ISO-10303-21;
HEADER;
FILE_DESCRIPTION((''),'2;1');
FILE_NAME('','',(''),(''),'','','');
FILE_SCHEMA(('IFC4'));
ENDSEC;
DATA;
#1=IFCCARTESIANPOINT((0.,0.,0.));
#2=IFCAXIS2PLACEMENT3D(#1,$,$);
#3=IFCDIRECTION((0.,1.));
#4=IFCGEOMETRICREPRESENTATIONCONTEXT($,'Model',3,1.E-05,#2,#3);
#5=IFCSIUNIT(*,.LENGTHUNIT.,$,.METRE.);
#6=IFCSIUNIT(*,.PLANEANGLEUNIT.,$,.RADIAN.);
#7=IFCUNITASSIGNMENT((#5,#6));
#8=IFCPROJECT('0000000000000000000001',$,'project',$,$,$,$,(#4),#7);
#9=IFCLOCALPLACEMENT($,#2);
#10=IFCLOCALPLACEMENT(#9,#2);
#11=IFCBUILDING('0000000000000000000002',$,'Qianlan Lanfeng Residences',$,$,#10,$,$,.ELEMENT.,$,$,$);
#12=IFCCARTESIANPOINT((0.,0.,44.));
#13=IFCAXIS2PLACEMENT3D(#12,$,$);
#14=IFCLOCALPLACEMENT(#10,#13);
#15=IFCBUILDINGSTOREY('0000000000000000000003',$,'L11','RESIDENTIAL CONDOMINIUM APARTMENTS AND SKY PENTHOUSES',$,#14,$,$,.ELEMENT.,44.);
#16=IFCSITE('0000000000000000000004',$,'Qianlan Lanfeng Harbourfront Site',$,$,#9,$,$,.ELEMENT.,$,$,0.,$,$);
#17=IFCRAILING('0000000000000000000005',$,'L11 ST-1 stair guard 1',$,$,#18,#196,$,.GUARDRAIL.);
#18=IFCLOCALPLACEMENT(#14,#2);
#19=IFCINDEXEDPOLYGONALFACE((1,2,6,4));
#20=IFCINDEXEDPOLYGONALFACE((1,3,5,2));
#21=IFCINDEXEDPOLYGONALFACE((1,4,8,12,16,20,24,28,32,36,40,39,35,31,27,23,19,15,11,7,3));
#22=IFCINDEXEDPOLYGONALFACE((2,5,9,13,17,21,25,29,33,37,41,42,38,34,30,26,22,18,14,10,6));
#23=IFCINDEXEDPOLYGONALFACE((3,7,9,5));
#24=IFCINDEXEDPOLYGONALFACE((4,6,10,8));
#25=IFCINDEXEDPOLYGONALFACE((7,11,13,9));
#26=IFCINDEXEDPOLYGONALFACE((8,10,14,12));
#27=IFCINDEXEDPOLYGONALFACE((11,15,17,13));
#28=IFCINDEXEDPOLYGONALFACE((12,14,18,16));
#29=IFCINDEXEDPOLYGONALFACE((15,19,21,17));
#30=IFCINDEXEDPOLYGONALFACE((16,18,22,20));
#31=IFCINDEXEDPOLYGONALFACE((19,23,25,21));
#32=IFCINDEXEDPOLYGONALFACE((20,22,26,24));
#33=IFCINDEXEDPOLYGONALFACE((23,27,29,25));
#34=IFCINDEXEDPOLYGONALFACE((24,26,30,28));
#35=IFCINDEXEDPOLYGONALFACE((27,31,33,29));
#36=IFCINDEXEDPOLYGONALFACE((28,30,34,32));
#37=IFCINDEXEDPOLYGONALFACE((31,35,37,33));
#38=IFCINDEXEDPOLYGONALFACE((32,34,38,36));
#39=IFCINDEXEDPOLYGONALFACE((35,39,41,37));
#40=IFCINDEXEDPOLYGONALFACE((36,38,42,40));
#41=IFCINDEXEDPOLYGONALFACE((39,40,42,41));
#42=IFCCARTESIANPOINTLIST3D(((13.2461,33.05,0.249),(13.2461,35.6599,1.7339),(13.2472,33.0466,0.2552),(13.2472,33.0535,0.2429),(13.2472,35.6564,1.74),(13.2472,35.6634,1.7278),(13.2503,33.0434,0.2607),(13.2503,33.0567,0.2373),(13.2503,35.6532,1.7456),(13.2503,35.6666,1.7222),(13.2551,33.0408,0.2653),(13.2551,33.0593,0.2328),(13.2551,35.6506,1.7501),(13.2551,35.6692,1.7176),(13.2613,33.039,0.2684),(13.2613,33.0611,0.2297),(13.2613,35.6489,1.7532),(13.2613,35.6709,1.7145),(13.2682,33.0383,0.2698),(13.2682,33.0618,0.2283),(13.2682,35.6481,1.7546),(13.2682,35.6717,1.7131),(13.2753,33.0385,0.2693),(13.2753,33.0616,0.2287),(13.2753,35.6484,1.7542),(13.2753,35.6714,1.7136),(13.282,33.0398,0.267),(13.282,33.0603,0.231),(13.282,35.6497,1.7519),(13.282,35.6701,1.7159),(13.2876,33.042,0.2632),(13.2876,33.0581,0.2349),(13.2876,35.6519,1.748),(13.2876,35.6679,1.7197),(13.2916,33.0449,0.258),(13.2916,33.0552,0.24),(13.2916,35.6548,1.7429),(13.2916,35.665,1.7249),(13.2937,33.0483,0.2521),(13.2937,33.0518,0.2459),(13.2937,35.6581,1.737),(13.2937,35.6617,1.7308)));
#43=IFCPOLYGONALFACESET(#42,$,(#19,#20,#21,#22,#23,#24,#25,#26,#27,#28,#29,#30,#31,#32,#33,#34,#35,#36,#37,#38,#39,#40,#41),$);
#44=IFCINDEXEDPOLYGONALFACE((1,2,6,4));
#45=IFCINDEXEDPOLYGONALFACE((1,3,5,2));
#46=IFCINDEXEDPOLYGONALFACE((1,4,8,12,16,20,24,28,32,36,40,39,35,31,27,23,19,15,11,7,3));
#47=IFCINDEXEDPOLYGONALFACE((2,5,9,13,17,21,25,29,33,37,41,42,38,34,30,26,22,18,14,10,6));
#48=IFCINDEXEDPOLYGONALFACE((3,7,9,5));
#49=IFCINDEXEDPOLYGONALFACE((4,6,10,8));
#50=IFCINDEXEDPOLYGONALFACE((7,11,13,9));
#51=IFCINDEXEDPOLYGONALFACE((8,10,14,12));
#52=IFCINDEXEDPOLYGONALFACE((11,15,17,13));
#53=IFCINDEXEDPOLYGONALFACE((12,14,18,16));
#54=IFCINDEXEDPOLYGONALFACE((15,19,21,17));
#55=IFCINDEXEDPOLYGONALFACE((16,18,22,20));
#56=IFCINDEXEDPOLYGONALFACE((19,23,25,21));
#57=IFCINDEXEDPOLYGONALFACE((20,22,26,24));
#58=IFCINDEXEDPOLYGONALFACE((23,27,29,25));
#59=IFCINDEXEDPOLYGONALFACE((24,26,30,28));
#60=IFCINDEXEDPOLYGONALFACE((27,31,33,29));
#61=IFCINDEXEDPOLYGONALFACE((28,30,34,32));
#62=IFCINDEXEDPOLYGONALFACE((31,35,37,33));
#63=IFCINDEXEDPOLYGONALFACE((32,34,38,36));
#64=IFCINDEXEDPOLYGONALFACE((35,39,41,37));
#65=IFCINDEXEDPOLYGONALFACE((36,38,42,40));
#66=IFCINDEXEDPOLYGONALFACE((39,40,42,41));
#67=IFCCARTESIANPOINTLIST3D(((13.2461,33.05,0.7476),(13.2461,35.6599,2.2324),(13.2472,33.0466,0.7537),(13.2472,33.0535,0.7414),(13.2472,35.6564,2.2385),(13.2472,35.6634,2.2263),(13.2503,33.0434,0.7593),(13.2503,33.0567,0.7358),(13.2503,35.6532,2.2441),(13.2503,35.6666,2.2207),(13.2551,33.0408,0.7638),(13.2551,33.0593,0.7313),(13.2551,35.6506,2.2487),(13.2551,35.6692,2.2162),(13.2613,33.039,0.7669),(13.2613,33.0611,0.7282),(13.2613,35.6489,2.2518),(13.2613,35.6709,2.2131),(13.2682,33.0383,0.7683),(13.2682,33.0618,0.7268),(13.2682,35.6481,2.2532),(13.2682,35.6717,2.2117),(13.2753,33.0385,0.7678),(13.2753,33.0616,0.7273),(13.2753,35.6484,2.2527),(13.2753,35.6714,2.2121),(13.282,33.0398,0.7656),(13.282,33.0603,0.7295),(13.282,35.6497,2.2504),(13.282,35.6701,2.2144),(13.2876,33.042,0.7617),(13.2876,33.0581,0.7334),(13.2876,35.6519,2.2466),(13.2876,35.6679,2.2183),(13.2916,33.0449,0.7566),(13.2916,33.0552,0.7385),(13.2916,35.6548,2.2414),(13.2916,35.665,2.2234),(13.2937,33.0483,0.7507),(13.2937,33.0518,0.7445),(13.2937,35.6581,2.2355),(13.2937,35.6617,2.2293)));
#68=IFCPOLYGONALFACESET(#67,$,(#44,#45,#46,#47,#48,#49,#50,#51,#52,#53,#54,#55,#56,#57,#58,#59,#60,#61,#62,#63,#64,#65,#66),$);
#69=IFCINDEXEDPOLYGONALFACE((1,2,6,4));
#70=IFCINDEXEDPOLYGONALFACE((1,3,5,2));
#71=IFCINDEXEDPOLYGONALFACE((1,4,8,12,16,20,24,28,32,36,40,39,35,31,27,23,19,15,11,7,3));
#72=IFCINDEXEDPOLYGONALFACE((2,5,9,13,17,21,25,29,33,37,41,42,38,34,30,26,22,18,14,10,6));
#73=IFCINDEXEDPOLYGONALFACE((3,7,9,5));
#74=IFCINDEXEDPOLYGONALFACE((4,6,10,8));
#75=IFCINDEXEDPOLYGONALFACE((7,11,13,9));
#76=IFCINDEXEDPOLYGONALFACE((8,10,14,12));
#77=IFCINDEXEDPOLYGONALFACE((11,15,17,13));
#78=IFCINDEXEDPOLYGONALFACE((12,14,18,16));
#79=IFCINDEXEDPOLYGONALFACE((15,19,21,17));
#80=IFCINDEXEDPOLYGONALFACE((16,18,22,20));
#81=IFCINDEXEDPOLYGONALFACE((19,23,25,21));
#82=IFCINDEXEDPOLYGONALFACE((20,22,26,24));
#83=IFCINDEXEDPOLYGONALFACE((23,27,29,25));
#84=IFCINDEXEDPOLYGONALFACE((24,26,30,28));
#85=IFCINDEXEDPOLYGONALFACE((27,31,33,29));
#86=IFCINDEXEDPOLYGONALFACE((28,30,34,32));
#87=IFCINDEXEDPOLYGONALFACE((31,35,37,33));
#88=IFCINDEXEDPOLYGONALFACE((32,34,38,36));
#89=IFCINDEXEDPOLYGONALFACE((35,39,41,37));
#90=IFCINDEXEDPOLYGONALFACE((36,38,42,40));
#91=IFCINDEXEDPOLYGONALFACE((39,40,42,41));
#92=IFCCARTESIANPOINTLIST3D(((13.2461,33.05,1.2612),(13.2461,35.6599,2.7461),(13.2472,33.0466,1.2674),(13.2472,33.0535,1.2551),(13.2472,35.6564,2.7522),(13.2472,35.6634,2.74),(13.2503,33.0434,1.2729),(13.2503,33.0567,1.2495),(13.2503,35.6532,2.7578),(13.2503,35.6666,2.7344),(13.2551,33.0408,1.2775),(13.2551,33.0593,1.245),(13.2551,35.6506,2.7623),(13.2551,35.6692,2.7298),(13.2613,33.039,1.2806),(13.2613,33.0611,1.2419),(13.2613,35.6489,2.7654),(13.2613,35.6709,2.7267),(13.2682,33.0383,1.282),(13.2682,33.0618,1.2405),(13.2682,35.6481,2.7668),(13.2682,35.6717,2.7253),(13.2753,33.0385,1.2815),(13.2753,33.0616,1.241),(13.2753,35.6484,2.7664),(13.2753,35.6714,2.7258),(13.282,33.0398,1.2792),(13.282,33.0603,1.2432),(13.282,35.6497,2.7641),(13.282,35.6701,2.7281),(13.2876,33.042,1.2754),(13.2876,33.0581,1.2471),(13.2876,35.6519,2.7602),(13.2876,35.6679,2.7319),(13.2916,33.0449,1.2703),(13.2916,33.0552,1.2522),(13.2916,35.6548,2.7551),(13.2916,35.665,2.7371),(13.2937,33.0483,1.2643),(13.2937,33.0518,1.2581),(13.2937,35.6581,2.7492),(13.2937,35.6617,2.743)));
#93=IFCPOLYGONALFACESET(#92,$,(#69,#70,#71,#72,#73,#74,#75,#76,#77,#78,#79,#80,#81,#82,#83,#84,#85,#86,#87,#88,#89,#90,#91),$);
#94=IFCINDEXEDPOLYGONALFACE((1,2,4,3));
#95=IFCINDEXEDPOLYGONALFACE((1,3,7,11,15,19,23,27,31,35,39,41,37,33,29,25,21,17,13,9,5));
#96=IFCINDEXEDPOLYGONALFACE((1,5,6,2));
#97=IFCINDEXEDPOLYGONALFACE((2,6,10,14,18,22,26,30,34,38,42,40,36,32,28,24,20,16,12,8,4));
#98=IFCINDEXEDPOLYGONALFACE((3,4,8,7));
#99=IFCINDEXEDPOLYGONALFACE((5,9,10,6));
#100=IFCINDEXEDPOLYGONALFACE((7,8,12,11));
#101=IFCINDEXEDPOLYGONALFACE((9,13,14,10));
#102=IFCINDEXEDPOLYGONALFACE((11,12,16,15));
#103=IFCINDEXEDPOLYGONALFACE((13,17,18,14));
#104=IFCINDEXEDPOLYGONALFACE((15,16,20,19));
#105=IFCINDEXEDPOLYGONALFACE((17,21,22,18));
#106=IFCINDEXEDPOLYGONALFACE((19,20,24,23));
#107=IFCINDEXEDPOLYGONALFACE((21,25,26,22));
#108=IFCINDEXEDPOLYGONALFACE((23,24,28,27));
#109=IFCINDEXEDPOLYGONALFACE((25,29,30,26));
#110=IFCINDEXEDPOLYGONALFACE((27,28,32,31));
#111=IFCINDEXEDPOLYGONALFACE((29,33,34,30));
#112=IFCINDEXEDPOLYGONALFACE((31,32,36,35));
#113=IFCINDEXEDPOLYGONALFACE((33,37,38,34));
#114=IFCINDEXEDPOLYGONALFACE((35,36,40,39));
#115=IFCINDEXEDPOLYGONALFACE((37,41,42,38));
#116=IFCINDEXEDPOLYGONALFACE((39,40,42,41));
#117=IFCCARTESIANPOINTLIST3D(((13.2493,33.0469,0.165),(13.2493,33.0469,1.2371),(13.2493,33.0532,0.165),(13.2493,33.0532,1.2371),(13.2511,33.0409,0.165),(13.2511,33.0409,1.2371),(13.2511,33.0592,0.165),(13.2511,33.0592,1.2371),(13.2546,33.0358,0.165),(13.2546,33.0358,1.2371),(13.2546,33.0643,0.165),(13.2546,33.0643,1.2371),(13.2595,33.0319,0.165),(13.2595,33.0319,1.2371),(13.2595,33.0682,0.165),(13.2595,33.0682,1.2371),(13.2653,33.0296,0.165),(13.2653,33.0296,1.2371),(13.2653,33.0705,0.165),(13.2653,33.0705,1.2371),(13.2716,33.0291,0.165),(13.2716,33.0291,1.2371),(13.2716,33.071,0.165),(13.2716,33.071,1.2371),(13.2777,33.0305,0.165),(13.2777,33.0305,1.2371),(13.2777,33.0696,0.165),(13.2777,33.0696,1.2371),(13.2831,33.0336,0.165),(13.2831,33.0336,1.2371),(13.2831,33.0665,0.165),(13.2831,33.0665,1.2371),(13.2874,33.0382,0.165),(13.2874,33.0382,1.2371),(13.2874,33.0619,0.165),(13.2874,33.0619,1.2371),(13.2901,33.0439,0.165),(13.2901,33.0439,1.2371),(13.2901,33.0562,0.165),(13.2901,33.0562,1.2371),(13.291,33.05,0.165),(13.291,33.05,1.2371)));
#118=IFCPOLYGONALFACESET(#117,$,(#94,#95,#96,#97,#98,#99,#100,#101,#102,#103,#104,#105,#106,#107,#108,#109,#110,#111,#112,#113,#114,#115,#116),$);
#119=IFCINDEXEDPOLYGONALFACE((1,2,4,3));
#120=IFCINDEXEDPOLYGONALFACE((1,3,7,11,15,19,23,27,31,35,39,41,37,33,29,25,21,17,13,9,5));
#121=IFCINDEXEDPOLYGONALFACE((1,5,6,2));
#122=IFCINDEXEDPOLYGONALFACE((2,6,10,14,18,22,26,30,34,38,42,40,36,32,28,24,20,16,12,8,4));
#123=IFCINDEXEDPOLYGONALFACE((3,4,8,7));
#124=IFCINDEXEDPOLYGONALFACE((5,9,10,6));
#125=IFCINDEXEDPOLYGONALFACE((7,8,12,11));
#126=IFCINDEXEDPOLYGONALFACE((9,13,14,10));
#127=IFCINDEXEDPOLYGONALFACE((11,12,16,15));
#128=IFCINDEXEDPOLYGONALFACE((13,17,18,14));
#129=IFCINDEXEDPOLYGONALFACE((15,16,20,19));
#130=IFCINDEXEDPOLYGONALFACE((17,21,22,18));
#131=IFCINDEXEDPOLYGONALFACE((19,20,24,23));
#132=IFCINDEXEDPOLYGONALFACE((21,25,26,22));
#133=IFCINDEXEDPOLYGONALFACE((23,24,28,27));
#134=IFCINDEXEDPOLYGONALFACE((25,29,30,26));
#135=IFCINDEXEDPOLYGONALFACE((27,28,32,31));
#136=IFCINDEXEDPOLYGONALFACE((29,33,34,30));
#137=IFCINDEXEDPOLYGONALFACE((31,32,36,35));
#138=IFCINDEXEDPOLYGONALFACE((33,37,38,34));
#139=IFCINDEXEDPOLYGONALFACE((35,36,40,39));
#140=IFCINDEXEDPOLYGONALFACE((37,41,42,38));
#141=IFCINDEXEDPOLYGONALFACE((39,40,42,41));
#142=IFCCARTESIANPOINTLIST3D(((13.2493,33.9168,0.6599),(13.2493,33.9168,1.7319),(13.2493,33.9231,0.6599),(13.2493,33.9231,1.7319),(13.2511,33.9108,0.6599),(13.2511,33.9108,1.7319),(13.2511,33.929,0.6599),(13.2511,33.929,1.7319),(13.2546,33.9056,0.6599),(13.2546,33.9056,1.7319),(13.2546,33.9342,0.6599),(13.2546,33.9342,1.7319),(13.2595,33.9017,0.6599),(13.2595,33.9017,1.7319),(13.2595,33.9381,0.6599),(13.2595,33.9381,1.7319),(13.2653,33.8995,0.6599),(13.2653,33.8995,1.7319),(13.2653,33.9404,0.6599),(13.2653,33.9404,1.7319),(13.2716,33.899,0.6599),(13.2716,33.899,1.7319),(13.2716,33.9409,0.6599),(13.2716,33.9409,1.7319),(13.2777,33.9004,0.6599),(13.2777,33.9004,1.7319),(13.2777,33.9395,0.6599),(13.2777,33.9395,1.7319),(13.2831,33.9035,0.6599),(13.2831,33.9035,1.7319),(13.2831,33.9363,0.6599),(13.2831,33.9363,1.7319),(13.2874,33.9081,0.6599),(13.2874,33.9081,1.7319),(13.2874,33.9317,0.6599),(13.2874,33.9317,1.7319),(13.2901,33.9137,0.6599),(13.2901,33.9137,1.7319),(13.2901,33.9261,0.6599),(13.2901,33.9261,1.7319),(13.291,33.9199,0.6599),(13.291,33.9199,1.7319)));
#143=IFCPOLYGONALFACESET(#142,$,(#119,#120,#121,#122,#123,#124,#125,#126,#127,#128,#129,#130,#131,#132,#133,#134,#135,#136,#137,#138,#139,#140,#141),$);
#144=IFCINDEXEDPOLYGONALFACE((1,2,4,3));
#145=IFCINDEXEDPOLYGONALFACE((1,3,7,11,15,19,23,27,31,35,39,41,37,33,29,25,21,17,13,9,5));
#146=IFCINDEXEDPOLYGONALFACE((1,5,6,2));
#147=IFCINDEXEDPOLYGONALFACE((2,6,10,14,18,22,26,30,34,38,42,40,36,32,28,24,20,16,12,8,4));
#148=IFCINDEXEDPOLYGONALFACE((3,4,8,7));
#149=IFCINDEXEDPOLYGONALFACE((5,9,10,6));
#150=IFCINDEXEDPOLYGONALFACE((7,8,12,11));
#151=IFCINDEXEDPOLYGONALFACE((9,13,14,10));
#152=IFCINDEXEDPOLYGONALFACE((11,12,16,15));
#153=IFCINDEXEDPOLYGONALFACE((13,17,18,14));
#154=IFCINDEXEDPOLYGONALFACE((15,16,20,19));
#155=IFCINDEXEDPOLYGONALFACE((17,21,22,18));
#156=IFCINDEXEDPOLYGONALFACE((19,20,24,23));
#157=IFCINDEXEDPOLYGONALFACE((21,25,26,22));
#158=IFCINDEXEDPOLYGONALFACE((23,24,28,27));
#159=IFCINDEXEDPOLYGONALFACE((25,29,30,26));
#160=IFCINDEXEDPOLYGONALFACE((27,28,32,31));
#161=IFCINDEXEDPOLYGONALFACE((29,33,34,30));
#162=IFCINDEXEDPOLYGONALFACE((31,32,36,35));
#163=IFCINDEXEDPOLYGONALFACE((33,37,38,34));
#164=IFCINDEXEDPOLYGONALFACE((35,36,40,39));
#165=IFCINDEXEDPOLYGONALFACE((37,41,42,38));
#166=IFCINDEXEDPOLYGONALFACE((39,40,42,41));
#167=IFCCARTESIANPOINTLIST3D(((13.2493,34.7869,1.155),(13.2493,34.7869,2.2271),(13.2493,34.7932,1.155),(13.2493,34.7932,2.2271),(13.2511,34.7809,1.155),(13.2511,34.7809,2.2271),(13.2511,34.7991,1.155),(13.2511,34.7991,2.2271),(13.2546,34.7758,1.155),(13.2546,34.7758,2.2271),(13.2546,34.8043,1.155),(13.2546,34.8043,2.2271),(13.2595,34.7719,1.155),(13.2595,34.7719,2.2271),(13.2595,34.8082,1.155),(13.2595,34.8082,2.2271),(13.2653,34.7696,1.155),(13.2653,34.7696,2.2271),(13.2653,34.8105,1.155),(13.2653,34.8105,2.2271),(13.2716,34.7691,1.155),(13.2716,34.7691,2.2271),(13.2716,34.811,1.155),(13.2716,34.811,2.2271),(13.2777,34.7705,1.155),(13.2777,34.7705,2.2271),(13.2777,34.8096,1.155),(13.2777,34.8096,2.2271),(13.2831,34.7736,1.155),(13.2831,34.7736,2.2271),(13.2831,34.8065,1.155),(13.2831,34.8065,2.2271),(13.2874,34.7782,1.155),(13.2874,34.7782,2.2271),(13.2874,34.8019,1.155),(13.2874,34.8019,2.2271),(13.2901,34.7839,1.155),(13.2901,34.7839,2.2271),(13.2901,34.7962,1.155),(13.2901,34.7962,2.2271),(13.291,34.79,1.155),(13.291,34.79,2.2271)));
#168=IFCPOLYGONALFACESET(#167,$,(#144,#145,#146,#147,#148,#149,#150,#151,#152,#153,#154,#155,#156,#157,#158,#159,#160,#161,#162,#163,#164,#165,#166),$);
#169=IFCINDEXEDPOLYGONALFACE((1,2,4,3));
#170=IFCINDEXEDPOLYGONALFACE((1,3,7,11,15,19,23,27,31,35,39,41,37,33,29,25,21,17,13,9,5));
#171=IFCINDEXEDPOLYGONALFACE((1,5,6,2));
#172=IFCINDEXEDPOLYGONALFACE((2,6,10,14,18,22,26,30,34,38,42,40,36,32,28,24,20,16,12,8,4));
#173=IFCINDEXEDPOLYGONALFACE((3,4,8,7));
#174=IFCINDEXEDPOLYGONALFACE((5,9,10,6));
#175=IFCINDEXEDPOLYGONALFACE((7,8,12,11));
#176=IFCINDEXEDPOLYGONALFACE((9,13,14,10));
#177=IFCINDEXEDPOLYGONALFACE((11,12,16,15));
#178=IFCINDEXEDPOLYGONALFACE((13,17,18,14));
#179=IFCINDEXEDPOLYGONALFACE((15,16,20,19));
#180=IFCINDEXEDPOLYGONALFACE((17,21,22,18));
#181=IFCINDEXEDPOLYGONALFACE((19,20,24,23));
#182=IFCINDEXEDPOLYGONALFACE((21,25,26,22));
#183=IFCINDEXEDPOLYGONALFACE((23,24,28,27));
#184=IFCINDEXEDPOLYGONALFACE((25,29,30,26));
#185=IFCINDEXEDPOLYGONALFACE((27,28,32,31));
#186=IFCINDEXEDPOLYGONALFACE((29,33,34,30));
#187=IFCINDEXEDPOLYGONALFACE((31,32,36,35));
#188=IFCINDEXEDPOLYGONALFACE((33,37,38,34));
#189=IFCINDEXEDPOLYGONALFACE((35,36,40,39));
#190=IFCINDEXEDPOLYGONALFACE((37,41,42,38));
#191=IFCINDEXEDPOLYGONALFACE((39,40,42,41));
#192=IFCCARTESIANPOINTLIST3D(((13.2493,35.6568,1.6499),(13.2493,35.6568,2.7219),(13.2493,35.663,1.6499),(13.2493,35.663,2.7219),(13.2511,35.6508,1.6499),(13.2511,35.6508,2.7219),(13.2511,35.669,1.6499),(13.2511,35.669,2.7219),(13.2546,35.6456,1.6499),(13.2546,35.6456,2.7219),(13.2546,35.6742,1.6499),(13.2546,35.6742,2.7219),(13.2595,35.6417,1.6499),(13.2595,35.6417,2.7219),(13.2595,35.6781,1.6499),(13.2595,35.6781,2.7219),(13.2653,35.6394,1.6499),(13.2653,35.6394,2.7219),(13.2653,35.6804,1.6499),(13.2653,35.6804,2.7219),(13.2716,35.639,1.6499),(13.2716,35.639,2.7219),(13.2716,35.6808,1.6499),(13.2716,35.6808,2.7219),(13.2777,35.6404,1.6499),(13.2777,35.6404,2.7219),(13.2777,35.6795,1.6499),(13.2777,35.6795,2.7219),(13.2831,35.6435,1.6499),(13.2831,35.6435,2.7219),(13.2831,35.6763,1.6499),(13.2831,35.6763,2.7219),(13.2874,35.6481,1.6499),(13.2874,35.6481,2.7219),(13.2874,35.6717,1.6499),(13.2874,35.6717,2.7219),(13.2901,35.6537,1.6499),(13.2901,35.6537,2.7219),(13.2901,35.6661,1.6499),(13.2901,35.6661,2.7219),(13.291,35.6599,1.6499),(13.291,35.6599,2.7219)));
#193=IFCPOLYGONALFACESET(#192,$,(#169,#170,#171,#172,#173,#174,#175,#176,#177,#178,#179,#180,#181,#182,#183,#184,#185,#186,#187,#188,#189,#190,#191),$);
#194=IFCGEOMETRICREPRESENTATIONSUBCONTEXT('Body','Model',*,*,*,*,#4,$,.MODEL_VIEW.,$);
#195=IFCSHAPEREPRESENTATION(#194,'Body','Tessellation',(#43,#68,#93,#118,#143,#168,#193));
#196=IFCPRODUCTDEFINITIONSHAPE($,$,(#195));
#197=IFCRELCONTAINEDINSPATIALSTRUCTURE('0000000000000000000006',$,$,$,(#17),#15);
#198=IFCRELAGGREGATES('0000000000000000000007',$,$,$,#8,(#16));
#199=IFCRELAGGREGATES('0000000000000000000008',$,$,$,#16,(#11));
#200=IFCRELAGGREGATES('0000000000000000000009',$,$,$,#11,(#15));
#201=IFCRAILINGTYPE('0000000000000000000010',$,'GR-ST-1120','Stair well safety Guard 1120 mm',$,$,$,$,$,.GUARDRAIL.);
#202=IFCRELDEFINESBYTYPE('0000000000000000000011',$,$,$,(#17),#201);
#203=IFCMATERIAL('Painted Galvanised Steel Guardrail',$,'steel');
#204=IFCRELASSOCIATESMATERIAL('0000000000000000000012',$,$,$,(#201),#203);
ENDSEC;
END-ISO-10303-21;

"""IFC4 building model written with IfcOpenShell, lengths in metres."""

from ifc_helpers import new_model, si_unit, direction, frame, origin, origin_2d, place, context, subcontext, project, spatial, circle, extrude, material, type_object, element, save


model = new_model("IFC4")

# Units and contexts
model_context = context("Model", 3, precision=1e-05, world=origin(), true_north=direction((0.0, 1.0)))
body_context = subcontext(model_context, "Body", "Model", "MODEL_VIEW")
ifc_project = project(units=[si_unit("LENGTHUNIT", "METRE"), si_unit("PLANEANGLEUNIT", "RADIAN")], contexts=[model_context])

# Site, building, storey
site_placement = place(None, origin())
site = spatial("IfcSite", under=ifc_project, at=site_placement, Name="Qianlan Lanfeng Harbourfront Site", CompositionType="ELEMENT", RefElevation=0.0)
building_placement = place(site_placement, origin())
building = spatial("IfcBuilding", under=site, at=building_placement, Name="Qianlan Lanfeng Residences", CompositionType="ELEMENT")
storey_placement = place(building_placement, frame((0.0, 0.0, 44.0)))
storey = spatial("IfcBuildingStorey", under=building, at=storey_placement, Name="L11", Description="RESIDENTIAL CONDOMINIUM APARTMENTS AND SKY PENTHOUSES", CompositionType="ELEMENT", Elevation=44.0)

# Railing
ifc_material_1 = material(Name="Painted Galvanised Steel Guardrail", Category="steel")
railing_type_1 = type_object("IfcRailingType", Name="GR-ST-1120", Description="Stair well safety Guard 1120 mm", PredefinedType="GUARDRAIL", material=ifc_material_1)
railing_1_placement = place(storey_placement, frame((13.27, 33.05, 0.165)))
element("IfcRailing", 1, at=railing_1_placement, inside=storey, type_object=railing_type_1, Name="L11 ST-1 stair guard 1", PredefinedType="GUARDRAIL", context=body_context, shape_type="SweptSolid", body=[
    extrude(circle(Radius=0.0239, at=origin_2d()), frame((0.0, 0.0, 0.084), z_axis=(0.0, 0.869172, 0.494509), x_axis=(-1.0, 0.0, 0.0)), (0.0, 0.0, 1.0), 3.0027),
    extrude(circle(Radius=0.0239, at=origin_2d()), frame((0.0, 0.0, 0.5825), z_axis=(0.0, 0.869172, 0.494509), x_axis=(-1.0, 0.0, 0.0)), (0.0, 0.0, 1.0), 3.0027),
    extrude(circle(Radius=0.0239, at=origin_2d()), frame((0.0, 0.0, 1.0962), z_axis=(0.0, 0.869172, 0.494509), x_axis=(-1.0, 0.0, 0.0)), (0.0, 0.0, 1.0), 3.0027),
    extrude(circle(Radius=0.021, at=origin_2d()), origin(), (0.0, 0.0, 1.0), 1.072),
    extrude(circle(Radius=0.021, at=origin_2d()), frame((0.0, 0.8699, 0.4949)), (0.0, 0.0, 1.0), 1.072),
    extrude(circle(Radius=0.021, at=origin_2d()), frame((0.0, 1.74, 0.99)), (0.0, 0.0, 1.0), 1.072),
    extrude(circle(Radius=0.021, at=origin_2d()), frame((0.0, 2.6099, 1.4849)), (0.0, 0.0, 1.0), 1.072),
])

save(model, "model.ifc")
